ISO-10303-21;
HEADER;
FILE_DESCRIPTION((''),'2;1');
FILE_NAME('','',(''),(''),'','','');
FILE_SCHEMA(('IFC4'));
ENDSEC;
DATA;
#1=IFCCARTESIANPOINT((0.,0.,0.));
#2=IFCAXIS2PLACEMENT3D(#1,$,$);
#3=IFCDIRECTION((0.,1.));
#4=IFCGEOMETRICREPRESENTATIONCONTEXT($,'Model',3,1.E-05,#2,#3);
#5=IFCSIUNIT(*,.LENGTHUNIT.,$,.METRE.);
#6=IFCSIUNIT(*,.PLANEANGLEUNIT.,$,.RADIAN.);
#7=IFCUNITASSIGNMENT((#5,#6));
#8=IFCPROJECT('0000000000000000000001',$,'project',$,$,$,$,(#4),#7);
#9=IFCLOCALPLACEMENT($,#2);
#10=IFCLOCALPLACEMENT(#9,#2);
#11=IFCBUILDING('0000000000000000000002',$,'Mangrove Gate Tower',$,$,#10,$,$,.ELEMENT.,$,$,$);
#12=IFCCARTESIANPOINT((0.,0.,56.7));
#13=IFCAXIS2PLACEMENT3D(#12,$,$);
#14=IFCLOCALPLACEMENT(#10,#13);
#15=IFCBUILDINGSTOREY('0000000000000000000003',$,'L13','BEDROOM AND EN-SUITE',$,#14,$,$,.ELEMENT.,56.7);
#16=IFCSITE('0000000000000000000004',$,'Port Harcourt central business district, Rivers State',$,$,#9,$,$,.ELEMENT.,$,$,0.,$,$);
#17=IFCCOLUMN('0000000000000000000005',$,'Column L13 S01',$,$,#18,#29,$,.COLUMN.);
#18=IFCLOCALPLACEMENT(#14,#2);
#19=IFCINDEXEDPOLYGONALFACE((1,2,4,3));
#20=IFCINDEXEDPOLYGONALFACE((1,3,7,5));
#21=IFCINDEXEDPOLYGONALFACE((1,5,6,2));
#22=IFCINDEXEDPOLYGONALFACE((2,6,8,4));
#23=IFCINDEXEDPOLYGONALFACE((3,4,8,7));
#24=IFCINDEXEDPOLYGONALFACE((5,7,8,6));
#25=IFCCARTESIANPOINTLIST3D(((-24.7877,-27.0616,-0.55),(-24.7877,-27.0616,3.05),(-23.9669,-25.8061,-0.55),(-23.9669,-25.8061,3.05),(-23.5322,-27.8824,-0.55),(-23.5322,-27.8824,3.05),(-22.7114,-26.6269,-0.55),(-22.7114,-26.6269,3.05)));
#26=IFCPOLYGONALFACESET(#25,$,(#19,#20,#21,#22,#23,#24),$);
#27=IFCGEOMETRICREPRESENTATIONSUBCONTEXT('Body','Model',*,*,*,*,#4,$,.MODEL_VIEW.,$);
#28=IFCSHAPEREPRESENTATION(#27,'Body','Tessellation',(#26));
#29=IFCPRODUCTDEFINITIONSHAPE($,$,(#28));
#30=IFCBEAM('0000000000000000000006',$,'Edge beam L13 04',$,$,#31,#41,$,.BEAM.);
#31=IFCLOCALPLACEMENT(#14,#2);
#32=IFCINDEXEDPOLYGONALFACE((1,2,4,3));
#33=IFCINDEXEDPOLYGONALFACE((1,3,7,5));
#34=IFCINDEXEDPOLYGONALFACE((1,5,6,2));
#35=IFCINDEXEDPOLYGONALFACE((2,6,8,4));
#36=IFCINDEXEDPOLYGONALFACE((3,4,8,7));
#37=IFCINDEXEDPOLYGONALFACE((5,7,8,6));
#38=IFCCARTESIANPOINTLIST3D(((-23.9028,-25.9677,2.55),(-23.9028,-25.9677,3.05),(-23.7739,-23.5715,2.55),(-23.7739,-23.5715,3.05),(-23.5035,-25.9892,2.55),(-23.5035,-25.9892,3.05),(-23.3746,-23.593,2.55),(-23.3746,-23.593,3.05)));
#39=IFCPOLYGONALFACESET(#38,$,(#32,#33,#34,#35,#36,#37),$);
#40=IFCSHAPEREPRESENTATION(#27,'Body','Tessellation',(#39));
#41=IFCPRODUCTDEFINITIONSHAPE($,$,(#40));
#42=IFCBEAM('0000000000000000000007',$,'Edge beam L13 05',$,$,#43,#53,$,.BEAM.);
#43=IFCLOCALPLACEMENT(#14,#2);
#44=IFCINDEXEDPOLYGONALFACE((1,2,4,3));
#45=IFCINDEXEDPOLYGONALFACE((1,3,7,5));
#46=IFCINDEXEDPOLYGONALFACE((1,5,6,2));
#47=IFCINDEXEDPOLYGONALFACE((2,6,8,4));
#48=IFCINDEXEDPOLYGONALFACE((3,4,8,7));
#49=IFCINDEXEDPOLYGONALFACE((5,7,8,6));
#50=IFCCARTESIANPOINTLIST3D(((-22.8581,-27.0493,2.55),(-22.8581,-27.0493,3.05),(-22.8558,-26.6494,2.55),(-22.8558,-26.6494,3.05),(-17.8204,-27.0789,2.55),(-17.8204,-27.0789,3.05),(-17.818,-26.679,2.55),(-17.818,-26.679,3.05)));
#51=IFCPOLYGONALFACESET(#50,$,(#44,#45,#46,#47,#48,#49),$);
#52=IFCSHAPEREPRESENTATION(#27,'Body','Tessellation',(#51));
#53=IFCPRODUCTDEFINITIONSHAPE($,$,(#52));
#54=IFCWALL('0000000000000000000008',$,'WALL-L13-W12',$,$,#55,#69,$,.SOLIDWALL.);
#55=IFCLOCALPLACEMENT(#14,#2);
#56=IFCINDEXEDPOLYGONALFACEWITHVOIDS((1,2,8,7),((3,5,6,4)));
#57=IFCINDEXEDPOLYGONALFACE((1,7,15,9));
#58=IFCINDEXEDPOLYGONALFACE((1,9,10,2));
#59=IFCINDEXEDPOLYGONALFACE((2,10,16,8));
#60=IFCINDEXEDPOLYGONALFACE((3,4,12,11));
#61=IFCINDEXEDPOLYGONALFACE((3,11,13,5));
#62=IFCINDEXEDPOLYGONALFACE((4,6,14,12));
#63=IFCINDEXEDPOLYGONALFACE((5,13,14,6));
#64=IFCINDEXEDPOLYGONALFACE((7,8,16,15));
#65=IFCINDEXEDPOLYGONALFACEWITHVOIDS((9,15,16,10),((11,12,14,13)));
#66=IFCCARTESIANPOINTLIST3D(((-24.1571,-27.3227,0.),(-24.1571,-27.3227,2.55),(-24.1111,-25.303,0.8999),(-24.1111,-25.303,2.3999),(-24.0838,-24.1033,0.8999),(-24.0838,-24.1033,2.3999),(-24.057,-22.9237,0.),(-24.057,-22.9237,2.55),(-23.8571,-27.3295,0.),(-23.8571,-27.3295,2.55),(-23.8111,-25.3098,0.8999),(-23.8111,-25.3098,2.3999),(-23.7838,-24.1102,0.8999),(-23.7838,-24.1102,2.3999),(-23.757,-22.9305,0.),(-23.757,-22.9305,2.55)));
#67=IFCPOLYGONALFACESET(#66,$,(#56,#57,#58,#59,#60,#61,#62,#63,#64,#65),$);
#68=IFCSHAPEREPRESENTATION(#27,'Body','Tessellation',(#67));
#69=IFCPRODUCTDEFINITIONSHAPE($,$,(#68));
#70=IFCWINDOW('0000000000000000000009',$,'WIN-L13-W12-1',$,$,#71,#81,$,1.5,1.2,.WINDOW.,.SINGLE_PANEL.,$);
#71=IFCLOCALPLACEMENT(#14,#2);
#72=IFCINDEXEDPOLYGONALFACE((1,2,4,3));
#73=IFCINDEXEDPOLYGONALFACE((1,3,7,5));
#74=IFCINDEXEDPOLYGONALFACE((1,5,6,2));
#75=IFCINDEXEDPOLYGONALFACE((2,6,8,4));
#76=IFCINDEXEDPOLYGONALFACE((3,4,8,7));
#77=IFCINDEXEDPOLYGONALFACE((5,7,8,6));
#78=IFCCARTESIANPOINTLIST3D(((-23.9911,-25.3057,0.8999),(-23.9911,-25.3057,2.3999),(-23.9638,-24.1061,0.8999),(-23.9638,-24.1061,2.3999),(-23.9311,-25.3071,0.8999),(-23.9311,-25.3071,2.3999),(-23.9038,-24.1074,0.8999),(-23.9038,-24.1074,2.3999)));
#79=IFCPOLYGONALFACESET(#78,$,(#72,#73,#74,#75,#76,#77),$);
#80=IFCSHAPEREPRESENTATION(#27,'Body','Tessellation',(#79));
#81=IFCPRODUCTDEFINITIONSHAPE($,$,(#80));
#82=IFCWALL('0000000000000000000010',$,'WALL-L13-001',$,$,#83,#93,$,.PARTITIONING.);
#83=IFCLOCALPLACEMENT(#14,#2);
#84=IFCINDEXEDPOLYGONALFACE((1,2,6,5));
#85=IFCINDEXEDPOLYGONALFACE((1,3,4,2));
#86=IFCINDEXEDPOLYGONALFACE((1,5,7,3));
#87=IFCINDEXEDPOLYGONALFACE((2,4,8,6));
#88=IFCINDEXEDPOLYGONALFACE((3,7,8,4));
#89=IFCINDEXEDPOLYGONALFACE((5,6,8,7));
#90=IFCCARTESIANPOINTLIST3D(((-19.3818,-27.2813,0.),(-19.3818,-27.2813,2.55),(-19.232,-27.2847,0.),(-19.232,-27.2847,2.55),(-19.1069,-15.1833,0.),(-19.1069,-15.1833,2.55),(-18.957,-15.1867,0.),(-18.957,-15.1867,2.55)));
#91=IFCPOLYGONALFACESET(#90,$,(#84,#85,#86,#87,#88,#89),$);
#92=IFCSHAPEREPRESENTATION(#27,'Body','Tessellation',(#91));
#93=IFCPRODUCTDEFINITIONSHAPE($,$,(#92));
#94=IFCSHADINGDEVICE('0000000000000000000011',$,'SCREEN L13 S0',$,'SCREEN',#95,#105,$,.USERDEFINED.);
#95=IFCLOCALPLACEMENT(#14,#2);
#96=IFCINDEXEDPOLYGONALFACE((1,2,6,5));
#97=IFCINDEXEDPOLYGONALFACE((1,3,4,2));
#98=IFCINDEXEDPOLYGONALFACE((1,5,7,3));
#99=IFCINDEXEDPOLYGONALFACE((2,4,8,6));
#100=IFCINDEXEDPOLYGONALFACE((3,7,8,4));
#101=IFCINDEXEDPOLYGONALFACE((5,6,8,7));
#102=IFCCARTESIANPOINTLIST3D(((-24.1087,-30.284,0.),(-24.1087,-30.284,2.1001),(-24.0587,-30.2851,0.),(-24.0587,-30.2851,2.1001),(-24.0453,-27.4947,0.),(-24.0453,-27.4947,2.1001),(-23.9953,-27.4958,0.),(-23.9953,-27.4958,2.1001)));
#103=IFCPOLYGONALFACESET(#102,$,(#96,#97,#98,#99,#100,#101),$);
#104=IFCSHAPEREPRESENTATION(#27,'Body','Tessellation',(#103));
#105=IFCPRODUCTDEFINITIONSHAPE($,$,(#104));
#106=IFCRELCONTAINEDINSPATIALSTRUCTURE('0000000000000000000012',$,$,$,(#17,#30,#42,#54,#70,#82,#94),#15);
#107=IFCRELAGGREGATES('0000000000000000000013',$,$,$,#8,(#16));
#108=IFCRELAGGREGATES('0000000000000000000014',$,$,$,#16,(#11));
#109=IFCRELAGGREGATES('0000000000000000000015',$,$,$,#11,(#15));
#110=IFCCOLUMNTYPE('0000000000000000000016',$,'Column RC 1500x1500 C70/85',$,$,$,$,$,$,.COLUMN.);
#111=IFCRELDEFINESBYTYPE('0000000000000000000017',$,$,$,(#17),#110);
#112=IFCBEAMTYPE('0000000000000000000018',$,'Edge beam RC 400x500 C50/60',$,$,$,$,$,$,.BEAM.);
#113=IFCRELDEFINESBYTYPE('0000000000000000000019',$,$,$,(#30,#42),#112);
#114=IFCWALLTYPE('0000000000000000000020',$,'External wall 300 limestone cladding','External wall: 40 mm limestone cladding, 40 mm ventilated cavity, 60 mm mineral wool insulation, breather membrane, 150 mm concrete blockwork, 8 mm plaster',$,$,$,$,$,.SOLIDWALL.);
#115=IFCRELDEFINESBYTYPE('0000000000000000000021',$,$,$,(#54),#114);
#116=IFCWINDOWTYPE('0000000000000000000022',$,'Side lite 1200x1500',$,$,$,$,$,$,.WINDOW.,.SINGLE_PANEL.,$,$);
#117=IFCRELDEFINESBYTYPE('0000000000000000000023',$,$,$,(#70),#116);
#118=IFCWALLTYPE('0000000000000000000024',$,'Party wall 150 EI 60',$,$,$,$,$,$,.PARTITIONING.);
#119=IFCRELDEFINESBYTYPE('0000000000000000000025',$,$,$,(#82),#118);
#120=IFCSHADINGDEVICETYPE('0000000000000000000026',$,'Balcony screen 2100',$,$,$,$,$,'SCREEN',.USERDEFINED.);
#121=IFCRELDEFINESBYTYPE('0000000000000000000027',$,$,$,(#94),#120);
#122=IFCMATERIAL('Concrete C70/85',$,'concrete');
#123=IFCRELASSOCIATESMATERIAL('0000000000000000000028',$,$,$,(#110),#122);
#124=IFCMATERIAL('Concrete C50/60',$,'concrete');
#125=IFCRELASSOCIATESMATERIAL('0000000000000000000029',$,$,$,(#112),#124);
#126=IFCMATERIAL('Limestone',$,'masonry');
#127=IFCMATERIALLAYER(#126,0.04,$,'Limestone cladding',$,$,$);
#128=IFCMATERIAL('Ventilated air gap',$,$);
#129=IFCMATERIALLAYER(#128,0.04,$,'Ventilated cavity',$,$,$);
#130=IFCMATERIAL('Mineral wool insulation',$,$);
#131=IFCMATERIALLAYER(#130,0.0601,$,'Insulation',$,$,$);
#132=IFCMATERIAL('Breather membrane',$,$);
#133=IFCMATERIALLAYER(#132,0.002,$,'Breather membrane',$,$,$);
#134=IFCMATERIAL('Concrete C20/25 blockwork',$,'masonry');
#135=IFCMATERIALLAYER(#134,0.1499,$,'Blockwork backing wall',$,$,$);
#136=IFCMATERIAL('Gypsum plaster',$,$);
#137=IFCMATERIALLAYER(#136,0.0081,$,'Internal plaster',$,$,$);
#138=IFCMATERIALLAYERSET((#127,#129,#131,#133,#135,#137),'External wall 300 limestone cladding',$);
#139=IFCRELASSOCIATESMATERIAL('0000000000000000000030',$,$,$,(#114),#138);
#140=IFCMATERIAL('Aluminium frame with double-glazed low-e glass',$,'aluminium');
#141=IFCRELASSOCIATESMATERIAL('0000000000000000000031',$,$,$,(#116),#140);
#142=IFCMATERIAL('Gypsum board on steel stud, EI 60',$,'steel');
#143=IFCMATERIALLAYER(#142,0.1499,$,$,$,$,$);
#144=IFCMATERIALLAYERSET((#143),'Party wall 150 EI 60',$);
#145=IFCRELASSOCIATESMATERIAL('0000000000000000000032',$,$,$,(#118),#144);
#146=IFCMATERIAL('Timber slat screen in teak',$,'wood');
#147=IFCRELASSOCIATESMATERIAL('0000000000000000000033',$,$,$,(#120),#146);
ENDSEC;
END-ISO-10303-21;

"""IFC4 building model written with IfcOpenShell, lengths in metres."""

from ifc_helpers import new_model, si_unit, direction, frame, frame_2d, origin, origin_2d, place, context, subcontext, project, spatial, rectangle, extrude, material, layer, layer_set, material_profile, profile_set, type_object, element, fill, save


model = new_model("IFC4")

# Units and contexts
model_context = context("Model", 3, precision=1e-05, world=origin(), true_north=direction((0.0, 1.0)))
body_context = subcontext(model_context, "Body", "Model", "MODEL_VIEW")
ifc_project = project(units=[si_unit("LENGTHUNIT", "METRE"), si_unit("PLANEANGLEUNIT", "RADIAN")], contexts=[model_context])

# Site, building, storey
site_placement = place(None, origin())
site = spatial("IfcSite", under=ifc_project, at=site_placement, Name="Port Harcourt central business district, Rivers State", CompositionType="ELEMENT", RefElevation=0.0)
building_placement = place(site_placement, origin())
building = spatial("IfcBuilding", under=site, at=building_placement, Name="Mangrove Gate Tower", CompositionType="ELEMENT")
storey_placement = place(building_placement, frame((0.0, 0.0, 56.7)))
storey = spatial("IfcBuildingStorey", under=building, at=storey_placement, Name="L13", Description="BEDROOM AND EN-SUITE", CompositionType="ELEMENT", Elevation=56.7)

# Column
ifc_material_1 = material(Name="Concrete C70/85", Category="concrete")
ifc_material_profile_1 = material_profile(ifc_material_1, rectangle(XDim=1.5, YDim=1.5, at=origin_2d()))
ifc_profile_set_1 = profile_set([ifc_material_profile_1], Name="Concrete C70/85")
column_type = type_object("IfcColumnType", Name="Column RC 1500x1500 C70/85", PredefinedType="COLUMN", material=ifc_profile_set_1)
column_placement = place(storey_placement, frame((-23.7495, -26.8442, -0.55), z_axis=(0.0, 0.0, 1.0), x_axis=(0.837001, -0.547201, 0.0)))
element("IfcColumn", 1, at=column_placement, inside=storey, type_object=column_type, Name="Column L13 S01", PredefinedType="COLUMN", context=body_context, shape_type="SweptSolid", body=[
    extrude(rectangle(XDim=1.5, YDim=1.5, at=origin_2d()), origin(), (0.0, 0.0, 1.0), 3.6001),
])

# Beams
ifc_material_2 = material(Name="Concrete C50/60", Category="concrete")
ifc_material_profile_2 = material_profile(ifc_material_2, rectangle(XDim=0.3999, YDim=0.5, at=origin_2d()))
ifc_profile_set_2 = profile_set([ifc_material_profile_2], Name="Concrete C50/60")
beam_type = type_object("IfcBeamType", Name="Edge beam RC 400x500 C50/60", PredefinedType="BEAM", material=ifc_profile_set_2)
beam_1_placement = place(storey_placement, frame((-23.5742, -23.5823, 2.8), z_axis=(-0.053718, -0.998556, 0.0), x_axis=(0.998556, -0.053718, 0.0)))
element("IfcBeam", 2, at=beam_1_placement, inside=storey, type_object=beam_type, Name="Edge beam L13 04", PredefinedType="BEAM", context=body_context, shape_type="SweptSolid", body=[
    extrude(rectangle(XDim=0.3999, YDim=0.5, at=origin_2d()), origin(), (0.0, 0.0, 1.0), 2.3997),
])
beam_2_placement = place(storey_placement, frame((-22.8569, -26.8494, 2.8), z_axis=(0.999983, -0.005864, 0.0), x_axis=(0.005864, 0.999983, 0.0)))
element("IfcBeam", 3, at=beam_2_placement, inside=storey, type_object=beam_type, Name="Edge beam L13 05", PredefinedType="BEAM", context=body_context, shape_type="SweptSolid", body=[
    extrude(rectangle(XDim=0.3999, YDim=0.5, at=origin_2d()), origin(), (0.0, 0.0, 1.0), 5.0378),
])

# Wall, opening, window
ifc_material_3 = material(Name="Limestone", Category="masonry")
ifc_layer_1 = layer(ifc_material_3, 0.04, Name="Limestone cladding")
ifc_material_4 = material(Name="Ventilated air gap")
ifc_layer_2 = layer(ifc_material_4, 0.04, Name="Ventilated cavity")
ifc_material_5 = material(Name="Mineral wool insulation")
ifc_layer_3 = layer(ifc_material_5, 0.0601, Name="Insulation")
ifc_material_6 = material(Name="Breather membrane")
ifc_layer_4 = layer(ifc_material_6, 0.002, Name="Breather membrane")
ifc_material_7 = material(Name="Concrete C20/25 blockwork", Category="masonry")
ifc_layer_5 = layer(ifc_material_7, 0.1499, Name="Blockwork backing wall")
ifc_material_8 = material(Name="Gypsum plaster")
ifc_layer_6 = layer(ifc_material_8, 0.0081, Name="Internal plaster")
ifc_layer_set_1 = layer_set([ifc_layer_1, ifc_layer_2, ifc_layer_3, ifc_layer_4, ifc_layer_5, ifc_layer_6], Name="External wall 300 limestone cladding")
wall_type_1 = type_object("IfcWallType", Name="External wall 300 limestone cladding", Description="External wall: 40 mm limestone cladding, 40 mm ventilated cavity, 60 mm mineral wool insulation, breather membrane, 150 mm concrete blockwork, 8 mm plaster", PredefinedType="SOLIDWALL", material=ifc_layer_set_1)
wall_1_placement = place(storey_placement, frame((-23.907, -22.927, 0.0), z_axis=(0.0, 0.0, 1.0), x_axis=(-0.022749, -0.999741, 0.0)))
wall_1 = element("IfcWall", 4, at=wall_1_placement, inside=storey, type_object=wall_type_1, Name="WALL-L13-W12", PredefinedType="SOLIDWALL", context=body_context, shape_type="SweptSolid", body=[
    extrude(rectangle(XDim=4.4001, YDim=0.3, at=frame_2d((2.2002, 0.0))), origin(), (0.0, 0.0, 1.0), 2.55),
])
opening_1_placement = place(wall_1_placement, frame((1.1799, 0.0, 0.8999)))
opening_1 = element("IfcOpeningElement", 5, at=opening_1_placement, cuts=wall_1, PredefinedType="OPENING", context=body_context, shape_type="SweptSolid", body=[
    extrude(rectangle(XDim=1.2, YDim=1.5, at=frame_2d((0.6001, 0.75))), frame((0.0, 0.1599, 0.0), z_axis=(0.0, -1.0, 0.0), x_axis=(1.0, 0.0, 0.0)), (0.0, 0.0, 1.0), 0.3201),
])
ifc_material_9 = material(Name="Aluminium frame with double-glazed low-e glass", Category="aluminium")
window_type_1 = type_object("IfcWindowType", Name="Side lite 1200x1500", PartitioningType="SINGLE_PANEL", PredefinedType="WINDOW", material=ifc_material_9)
window_1_placement = place(opening_1_placement, origin())
window_1 = element("IfcWindow", 6, at=window_1_placement, inside=storey, type_object=window_type_1, Name="WIN-L13-W12-1", OverallHeight=1.5, OverallWidth=1.2, PartitioningType="SINGLE_PANEL", PredefinedType="WINDOW", context=body_context, shape_type="SweptSolid", body=[
    extrude(rectangle(XDim=1.2, YDim=1.5, at=frame_2d((0.6001, 0.75))), frame((0.0, 0.03, 0.0), z_axis=(0.0, -1.0, 0.0), x_axis=(1.0, 0.0, 0.0)), (0.0, 0.0, 1.0), 0.0601),
])
fill(opening_1, window_1)

# Wall
ifc_material_10 = material(Name="Gypsum board on steel stud, EI 60", Category="steel")
ifc_layer_7 = layer(ifc_material_10, 0.1499)
ifc_layer_set_2 = layer_set([ifc_layer_7], Name="Party wall 150 EI 60")
wall_type_2 = type_object("IfcWallType", Name="Party wall 150 EI 60", PredefinedType="PARTITIONING", material=ifc_layer_set_2)
wall_2_placement = place(storey_placement, frame((-19.3069, -27.283, 0.0), z_axis=(0.0, 0.0, 1.0), x_axis=(0.022717, 0.999742, 0.0)))
element("IfcWall", 7, at=wall_2_placement, inside=storey, type_object=wall_type_2, Name="WALL-L13-001", PredefinedType="PARTITIONING", context=body_context, shape_type="SweptSolid", body=[
    extrude(rectangle(XDim=12.1011, YDim=0.1499, at=frame_2d((6.0505, 0.0))), origin(), (0.0, 0.0, 1.0), 2.55),
])

# Shading device
ifc_material_11 = material(Name="Timber slat screen in teak", Category="wood")
shading_device_type = type_object("IfcShadingDeviceType", Name="Balcony screen 2100", ElementType="SCREEN", PredefinedType="USERDEFINED", material=ifc_material_11)
shading_device_placement = place(storey_placement, frame((-24.052, -28.8899, 0.0), z_axis=(0.0, 0.0, 1.0), x_axis=(-0.02274, -0.999741, 0.0)))
element("IfcShadingDevice", 8, at=shading_device_placement, inside=storey, type_object=shading_device_type, Name="SCREEN L13 S0", ObjectType="SCREEN", PredefinedType="USERDEFINED", context=body_context, shape_type="SweptSolid", body=[
    extrude(rectangle(XDim=2.79, YDim=0.05, at=origin_2d()), origin(), (0.0, 0.0, 1.0), 2.1001),
])

save(model, "model.ifc")
